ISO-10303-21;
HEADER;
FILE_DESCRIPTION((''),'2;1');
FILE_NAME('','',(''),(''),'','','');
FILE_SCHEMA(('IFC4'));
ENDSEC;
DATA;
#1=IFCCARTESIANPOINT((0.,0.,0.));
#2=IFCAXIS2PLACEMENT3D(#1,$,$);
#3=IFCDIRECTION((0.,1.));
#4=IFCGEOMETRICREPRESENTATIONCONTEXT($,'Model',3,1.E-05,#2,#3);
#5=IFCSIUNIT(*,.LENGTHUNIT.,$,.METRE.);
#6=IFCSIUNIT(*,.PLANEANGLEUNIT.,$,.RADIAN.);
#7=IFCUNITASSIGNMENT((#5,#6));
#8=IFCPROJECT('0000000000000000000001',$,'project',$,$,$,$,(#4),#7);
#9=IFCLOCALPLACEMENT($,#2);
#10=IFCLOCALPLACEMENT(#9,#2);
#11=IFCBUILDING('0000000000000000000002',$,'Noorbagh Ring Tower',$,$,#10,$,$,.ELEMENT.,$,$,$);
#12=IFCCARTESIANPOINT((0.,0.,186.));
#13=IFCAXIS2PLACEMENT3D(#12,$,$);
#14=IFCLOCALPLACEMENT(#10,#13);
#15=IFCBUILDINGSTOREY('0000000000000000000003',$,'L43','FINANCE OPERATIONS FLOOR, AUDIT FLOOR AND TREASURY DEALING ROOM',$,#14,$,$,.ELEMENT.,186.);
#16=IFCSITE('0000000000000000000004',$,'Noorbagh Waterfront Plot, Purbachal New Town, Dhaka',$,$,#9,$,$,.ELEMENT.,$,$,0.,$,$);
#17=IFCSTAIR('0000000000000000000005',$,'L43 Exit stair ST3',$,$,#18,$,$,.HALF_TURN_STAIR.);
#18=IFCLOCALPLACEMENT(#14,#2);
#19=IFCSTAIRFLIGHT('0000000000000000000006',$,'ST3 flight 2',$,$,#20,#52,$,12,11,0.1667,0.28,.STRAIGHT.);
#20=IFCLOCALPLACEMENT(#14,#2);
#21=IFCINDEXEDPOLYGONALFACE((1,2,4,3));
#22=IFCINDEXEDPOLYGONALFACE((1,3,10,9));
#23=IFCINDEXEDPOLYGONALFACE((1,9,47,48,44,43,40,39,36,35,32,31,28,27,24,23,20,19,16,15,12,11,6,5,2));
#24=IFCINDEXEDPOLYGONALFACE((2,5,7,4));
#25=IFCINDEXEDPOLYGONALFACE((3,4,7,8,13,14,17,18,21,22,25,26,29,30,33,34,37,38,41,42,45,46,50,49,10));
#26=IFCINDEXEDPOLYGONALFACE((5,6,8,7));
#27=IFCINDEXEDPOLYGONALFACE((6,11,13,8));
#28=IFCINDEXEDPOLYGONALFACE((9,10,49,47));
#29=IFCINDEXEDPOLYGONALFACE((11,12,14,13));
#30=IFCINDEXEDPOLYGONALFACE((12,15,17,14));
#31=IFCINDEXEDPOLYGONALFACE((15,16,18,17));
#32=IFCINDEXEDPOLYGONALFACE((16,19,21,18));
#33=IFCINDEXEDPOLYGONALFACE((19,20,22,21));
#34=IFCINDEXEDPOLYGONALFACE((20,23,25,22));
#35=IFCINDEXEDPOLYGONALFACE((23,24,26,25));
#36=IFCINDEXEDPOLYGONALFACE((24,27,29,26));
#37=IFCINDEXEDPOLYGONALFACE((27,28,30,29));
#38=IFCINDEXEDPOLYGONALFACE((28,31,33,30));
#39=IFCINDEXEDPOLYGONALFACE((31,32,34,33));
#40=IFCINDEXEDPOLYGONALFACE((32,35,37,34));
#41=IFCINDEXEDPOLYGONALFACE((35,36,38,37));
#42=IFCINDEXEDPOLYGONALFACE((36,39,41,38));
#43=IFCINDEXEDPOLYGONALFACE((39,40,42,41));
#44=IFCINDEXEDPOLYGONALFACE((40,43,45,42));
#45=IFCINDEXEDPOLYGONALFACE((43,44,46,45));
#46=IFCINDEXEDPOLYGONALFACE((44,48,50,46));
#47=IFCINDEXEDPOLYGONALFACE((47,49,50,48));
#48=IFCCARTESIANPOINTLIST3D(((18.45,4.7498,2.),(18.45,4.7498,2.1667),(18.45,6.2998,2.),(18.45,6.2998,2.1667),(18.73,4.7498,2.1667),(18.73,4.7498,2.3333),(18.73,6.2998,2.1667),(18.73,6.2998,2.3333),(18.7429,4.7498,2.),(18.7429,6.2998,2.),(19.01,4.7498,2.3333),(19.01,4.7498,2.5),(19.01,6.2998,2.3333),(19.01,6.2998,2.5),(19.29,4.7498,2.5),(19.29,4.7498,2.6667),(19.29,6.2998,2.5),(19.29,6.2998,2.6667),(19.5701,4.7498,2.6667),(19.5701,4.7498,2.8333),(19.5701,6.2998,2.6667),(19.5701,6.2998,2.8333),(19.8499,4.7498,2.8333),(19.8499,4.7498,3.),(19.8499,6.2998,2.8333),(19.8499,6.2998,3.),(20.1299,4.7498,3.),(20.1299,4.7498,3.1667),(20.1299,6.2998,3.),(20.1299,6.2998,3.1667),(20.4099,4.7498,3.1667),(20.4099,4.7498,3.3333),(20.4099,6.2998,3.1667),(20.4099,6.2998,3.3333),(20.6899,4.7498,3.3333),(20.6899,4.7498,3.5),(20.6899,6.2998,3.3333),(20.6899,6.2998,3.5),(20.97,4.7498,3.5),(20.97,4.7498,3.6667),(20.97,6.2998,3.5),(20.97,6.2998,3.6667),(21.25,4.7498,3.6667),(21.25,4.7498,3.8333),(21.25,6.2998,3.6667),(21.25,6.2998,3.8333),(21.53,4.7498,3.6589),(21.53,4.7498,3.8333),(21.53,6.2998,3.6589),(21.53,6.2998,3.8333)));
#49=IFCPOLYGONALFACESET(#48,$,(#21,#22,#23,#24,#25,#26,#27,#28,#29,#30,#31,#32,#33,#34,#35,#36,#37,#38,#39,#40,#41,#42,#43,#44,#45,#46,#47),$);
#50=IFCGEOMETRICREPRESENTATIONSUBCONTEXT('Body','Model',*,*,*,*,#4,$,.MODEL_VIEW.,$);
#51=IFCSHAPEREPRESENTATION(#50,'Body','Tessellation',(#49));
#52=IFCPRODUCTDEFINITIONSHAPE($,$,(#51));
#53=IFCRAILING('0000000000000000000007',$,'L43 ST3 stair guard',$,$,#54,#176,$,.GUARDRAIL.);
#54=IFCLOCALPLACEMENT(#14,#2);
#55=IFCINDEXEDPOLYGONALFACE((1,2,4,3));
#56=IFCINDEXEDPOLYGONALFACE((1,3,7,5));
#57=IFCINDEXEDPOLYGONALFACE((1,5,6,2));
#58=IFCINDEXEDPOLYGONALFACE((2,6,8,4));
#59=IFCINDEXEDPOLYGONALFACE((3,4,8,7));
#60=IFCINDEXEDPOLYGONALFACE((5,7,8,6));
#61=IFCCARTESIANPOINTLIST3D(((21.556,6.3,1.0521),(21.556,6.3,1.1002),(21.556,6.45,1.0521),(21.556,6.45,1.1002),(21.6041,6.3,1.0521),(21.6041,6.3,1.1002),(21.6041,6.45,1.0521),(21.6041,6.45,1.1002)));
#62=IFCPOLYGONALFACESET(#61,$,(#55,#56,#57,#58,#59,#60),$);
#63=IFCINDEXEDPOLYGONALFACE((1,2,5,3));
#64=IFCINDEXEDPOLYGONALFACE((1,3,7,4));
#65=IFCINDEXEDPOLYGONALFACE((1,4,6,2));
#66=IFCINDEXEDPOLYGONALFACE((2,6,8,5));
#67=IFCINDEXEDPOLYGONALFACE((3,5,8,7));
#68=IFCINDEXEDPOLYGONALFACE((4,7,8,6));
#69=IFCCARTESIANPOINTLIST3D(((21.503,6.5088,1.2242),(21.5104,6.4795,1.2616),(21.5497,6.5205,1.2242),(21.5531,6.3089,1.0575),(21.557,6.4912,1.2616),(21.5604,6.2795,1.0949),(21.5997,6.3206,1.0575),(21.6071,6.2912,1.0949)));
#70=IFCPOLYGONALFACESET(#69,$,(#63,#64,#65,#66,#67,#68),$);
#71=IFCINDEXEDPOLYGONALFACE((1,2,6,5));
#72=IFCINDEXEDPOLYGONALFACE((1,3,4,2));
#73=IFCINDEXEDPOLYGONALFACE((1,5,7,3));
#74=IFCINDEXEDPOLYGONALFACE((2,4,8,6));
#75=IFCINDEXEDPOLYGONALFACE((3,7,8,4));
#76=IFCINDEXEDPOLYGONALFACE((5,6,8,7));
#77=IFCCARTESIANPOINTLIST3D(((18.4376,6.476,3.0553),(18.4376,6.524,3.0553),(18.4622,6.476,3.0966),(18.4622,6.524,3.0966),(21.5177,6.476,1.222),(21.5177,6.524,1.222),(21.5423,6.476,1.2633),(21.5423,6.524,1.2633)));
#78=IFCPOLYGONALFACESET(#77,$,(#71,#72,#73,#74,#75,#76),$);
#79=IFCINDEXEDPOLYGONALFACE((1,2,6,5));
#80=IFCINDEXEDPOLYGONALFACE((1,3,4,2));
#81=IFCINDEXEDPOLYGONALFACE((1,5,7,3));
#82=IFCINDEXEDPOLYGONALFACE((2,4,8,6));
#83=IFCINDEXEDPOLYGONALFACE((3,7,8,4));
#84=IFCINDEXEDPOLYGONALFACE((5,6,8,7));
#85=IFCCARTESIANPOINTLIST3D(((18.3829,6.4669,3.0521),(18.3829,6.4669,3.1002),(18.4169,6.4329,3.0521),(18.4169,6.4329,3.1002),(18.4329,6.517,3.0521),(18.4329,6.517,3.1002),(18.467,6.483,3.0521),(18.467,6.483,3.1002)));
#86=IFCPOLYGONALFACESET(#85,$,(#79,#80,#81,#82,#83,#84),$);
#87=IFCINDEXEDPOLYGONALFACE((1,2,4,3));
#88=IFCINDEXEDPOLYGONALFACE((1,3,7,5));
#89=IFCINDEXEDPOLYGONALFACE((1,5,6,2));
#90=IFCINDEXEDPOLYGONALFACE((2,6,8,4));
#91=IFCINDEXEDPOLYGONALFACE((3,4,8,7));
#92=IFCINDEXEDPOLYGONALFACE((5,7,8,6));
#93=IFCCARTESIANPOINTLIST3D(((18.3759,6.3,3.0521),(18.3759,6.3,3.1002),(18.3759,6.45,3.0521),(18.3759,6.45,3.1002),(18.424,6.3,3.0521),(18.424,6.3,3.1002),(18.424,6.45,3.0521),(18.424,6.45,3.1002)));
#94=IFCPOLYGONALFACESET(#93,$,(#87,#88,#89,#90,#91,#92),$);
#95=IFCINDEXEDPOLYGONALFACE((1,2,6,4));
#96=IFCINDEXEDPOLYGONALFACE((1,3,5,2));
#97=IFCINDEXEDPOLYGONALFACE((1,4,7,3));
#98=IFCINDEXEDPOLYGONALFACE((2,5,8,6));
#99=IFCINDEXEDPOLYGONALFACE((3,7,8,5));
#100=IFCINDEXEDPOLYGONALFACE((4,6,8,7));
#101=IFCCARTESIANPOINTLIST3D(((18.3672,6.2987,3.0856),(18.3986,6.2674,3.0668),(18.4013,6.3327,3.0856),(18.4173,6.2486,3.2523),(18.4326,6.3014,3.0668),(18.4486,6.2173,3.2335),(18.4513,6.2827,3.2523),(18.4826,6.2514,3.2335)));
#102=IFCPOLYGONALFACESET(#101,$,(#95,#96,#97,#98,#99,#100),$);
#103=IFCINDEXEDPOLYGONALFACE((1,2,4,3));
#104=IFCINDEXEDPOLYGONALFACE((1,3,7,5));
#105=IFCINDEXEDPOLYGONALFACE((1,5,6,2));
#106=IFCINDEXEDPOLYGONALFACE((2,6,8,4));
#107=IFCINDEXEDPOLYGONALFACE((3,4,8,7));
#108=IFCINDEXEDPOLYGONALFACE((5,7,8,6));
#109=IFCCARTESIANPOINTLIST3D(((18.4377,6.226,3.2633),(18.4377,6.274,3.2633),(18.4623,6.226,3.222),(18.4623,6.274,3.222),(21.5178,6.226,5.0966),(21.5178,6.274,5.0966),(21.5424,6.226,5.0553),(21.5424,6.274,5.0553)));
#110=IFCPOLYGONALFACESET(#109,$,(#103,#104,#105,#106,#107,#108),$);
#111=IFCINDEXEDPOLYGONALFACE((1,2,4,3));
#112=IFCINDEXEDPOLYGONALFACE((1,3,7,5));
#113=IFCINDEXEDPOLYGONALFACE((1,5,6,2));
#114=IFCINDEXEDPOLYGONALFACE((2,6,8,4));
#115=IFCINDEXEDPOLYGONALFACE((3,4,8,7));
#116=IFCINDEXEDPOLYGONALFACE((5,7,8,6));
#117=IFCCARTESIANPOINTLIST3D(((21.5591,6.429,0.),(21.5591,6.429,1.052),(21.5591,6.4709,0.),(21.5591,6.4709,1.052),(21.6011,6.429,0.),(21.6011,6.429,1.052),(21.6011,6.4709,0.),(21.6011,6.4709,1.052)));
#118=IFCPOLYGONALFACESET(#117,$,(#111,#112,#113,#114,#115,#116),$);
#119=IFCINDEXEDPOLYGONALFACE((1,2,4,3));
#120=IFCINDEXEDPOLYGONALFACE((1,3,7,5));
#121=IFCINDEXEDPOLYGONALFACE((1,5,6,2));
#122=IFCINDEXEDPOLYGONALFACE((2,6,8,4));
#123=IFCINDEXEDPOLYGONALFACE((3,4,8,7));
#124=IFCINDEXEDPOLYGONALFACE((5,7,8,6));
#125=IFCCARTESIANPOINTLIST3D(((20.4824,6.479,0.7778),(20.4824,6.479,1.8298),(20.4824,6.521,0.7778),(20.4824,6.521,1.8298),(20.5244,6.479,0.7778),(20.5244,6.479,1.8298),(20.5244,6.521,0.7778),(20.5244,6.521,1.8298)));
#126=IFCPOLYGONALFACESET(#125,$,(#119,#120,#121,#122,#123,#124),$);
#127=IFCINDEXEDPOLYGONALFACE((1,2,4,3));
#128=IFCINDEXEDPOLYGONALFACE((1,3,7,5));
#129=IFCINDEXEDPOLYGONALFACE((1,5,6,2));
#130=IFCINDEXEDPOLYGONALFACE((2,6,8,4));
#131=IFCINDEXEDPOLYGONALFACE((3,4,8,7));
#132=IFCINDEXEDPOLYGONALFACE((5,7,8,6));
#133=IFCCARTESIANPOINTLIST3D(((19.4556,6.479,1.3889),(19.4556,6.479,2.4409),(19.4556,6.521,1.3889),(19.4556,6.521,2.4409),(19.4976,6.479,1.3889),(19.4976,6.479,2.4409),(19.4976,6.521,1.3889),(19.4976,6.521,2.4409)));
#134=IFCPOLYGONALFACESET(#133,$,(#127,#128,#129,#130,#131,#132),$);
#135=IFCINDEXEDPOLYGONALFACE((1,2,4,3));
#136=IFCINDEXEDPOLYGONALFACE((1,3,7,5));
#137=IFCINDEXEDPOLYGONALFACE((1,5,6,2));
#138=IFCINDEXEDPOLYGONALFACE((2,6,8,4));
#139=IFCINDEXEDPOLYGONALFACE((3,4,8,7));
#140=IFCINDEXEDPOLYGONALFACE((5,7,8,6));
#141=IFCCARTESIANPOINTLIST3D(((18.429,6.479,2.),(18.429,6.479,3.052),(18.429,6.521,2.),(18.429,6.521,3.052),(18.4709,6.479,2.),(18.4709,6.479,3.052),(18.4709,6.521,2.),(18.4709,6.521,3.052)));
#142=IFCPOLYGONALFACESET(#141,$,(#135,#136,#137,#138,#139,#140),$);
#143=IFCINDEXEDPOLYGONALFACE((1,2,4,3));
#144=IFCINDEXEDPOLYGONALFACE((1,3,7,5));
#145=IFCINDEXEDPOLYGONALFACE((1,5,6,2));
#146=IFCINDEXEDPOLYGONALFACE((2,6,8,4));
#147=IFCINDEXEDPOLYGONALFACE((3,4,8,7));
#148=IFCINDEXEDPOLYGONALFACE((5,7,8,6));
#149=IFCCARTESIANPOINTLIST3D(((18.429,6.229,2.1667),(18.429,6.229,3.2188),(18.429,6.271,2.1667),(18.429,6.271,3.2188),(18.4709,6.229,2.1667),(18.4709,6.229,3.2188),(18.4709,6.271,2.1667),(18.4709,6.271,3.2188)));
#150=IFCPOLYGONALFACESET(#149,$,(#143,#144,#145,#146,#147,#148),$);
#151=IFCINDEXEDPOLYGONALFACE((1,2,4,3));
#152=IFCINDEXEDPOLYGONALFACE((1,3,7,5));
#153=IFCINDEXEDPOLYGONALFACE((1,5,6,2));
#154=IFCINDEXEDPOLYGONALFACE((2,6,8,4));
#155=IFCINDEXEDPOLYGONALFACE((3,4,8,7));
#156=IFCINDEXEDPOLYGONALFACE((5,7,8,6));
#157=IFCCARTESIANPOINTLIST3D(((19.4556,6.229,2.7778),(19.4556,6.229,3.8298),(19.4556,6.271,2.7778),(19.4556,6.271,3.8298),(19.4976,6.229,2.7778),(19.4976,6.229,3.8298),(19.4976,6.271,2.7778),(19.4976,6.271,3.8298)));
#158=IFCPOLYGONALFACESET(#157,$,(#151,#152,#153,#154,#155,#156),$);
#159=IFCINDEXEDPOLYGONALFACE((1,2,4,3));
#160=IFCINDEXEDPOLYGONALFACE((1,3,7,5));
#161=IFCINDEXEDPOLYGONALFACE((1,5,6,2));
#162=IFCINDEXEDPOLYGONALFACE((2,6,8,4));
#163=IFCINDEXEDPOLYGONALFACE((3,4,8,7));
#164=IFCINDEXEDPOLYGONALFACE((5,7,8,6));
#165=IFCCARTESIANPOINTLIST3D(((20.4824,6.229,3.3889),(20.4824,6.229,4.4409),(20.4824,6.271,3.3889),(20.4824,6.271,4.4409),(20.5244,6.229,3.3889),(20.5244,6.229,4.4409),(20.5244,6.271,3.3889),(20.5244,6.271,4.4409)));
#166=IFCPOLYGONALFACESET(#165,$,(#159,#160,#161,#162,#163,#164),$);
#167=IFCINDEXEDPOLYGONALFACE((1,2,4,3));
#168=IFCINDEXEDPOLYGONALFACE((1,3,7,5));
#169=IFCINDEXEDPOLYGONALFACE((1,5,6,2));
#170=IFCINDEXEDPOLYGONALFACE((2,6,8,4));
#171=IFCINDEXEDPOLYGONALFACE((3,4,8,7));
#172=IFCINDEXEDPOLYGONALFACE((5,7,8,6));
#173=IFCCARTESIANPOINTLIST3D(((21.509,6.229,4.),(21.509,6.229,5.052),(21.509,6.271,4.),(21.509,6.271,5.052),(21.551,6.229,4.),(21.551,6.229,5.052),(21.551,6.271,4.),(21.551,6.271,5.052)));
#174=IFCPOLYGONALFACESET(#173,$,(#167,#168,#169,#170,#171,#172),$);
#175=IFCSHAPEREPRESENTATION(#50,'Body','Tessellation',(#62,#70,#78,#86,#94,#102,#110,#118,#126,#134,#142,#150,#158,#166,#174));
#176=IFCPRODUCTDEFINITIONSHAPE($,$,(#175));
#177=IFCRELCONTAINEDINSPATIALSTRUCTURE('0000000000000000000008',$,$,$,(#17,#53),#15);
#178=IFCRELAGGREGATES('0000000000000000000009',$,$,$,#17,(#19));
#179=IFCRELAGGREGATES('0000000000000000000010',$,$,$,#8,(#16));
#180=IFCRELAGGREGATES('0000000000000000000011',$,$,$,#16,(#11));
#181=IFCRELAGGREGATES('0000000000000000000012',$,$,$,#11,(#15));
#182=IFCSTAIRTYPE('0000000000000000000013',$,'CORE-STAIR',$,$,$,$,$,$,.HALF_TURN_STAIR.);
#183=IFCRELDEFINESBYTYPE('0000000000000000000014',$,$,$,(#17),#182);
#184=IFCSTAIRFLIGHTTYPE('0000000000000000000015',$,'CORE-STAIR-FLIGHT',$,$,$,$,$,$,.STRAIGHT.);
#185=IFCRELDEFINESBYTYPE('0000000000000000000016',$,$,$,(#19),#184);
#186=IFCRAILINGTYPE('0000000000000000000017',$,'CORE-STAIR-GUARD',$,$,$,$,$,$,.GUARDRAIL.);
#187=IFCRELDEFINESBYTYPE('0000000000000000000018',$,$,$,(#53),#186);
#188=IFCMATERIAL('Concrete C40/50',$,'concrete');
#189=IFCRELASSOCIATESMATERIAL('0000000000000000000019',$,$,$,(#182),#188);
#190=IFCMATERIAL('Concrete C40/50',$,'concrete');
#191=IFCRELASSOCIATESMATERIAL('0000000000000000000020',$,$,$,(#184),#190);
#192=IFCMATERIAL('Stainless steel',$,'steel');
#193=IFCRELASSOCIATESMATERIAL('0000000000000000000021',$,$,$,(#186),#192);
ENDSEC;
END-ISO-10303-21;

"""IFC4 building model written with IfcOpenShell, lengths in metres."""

from ifc_helpers import new_model, si_unit, direction, frame, origin, origin_2d, place, context, subcontext, project, spatial, polyline, rectangle, outline, extrude, material, type_object, element, aggregate, save


model = new_model("IFC4")

# Units and contexts
model_context = context("Model", 3, precision=1e-05, world=origin(), true_north=direction((0.0, 1.0)))
body_context = subcontext(model_context, "Body", "Model", "MODEL_VIEW")
ifc_project = project(units=[si_unit("LENGTHUNIT", "METRE"), si_unit("PLANEANGLEUNIT", "RADIAN")], contexts=[model_context])

# Site, building, storey
site_placement = place(None, origin())
site = spatial("IfcSite", under=ifc_project, at=site_placement, Name="Noorbagh Waterfront Plot, Purbachal New Town, Dhaka", CompositionType="ELEMENT", RefElevation=0.0)
building_placement = place(site_placement, origin())
building = spatial("IfcBuilding", under=site, at=building_placement, Name="Noorbagh Ring Tower", CompositionType="ELEMENT")
storey_placement = place(building_placement, frame((0.0, 0.0, 186.0)))
storey = spatial("IfcBuildingStorey", under=building, at=storey_placement, Name="L43", Description="FINANCE OPERATIONS FLOOR, AUDIT FLOOR AND TREASURY DEALING ROOM", CompositionType="ELEMENT", Elevation=186.0)

# Stair, stair flight
ifc_material_1 = material(Name="Concrete C40/50", Category="concrete")
stair_type = type_object("IfcStairType", Name="CORE-STAIR", PredefinedType="HALF_TURN_STAIR", material=ifc_material_1)
stair_placement = place(storey_placement, origin())
stair = element("IfcStair", 1, at=stair_placement, inside=storey, type_object=stair_type, Name="L43 Exit stair ST3", PredefinedType="HALF_TURN_STAIR")
ifc_material_2 = material(Name="Concrete C40/50", Category="concrete")
stair_flight_type = type_object("IfcStairFlightType", Name="CORE-STAIR-FLIGHT", PredefinedType="STRAIGHT", material=ifc_material_2)
stair_flight_1_placement = place(storey_placement, frame((18.45, 5.5249, 2.0), z_axis=(0.0, 0.0, 1.0), x_axis=(1.0, 0.0, 0.0)))
stair_flight_1 = element("IfcStairFlight", 2, at=stair_flight_1_placement, type_object=stair_flight_type, Name="ST3 flight 2", NumberOfRisers=12, NumberOfTreads=11, PredefinedType="STRAIGHT", RiserHeight=0.1667, TreadLength=0.28, context=body_context, shape_type="SweptSolid", body=[
    extrude(outline(polyline([(0.0, 0.0), (0.0, 0.1667), (0.28, 0.1667), (0.28, 0.3333), (0.5601, 0.3333), (0.5601, 0.5), (0.8401, 0.5), (0.8401, 0.6667), (1.1201, 0.6667), (1.1201, 0.8333), (1.3999, 0.8333), (1.3999, 1.0), (1.6799, 1.0), (1.6799, 1.1667), (1.96, 1.1667), (1.96, 1.3333), (2.24, 1.3333), (2.24, 1.5), (2.52, 1.5), (2.52, 1.6667), (2.8, 1.6667), (2.8, 1.8333), (3.0801, 1.8333), (3.0801, 2.0), (3.0801, 1.6589), (0.293, 0.0), (0.0, 0.0)])), frame((0.0, 0.7749, 0.0), z_axis=(0.0, -1.0, 0.0), x_axis=(1.0, 0.0, 0.0)), (0.0, 0.0, 1.0), 1.55),
])
aggregate(stair, [stair_flight_1])

# Railing
ifc_material_3 = material(Name="Stainless steel", Category="steel")
railing_type_1 = type_object("IfcRailingType", Name="CORE-STAIR-GUARD", PredefinedType="GUARDRAIL", material=ifc_material_3)
railing_1_placement = place(storey_placement, frame((21.5801, 6.45, 0.0)))
element("IfcRailing", 3, at=railing_1_placement, inside=storey, type_object=railing_type_1, Name="L43 ST3 stair guard", PredefinedType="GUARDRAIL", context=body_context, shape_type="SweptSolid", body=[
    extrude(rectangle(XDim=0.0481, YDim=0.0481, at=origin_2d()), frame((0.0, 0.0, 1.0762), z_axis=(0.0, -1.0, 0.0), x_axis=(1.0, 0.0, 0.0)), (0.0, 0.0, 1.0), 0.1499),
    extrude(rectangle(XDim=0.0481, YDim=0.0481, at=origin_2d()), frame((0.0, -0.1499, 1.0762), z_axis=(-0.188776, 0.754182, 0.628946), x_axis=(-0.970073, -0.242814, 0.0)), (0.0, 0.0, 1.0), 0.2651),
    extrude(rectangle(XDim=0.0481, YDim=0.0481, at=origin_2d()), frame((-0.05, 0.05, 1.2427), z_axis=(-0.859309, 0.0, 0.511458), x_axis=(0.0, -1.0, 0.0)), (0.0, 0.0, 1.0), 3.5845),
    extrude(rectangle(XDim=0.0481, YDim=0.0481, at=origin_2d()), frame((-3.1301, 0.05, 3.0762), z_axis=(-0.707107, -0.707107, 0.0), x_axis=(0.707107, -0.707107, 0.0)), (0.0, 0.0, 1.0), 0.0708),
    extrude(rectangle(XDim=0.0481, YDim=0.0481, at=origin_2d()), frame((-3.1802, 0.0, 3.0762), z_axis=(0.0, -1.0, 0.0), x_axis=(1.0, 0.0, 0.0)), (0.0, 0.0, 1.0), 0.1499),
    extrude(rectangle(XDim=0.0481, YDim=0.0481, at=origin_2d()), frame((-3.1802, -0.1499, 3.0762), z_axis=(0.276287, -0.276287, 0.920506), x_axis=(0.707107, 0.707107, 0.0)), (0.0, 0.0, 1.0), 0.1812),
    extrude(rectangle(XDim=0.0481, YDim=0.0481, at=origin_2d()), frame((-3.1301, -0.2, 3.2427), z_axis=(0.859309, 0.0, 0.511458), x_axis=(0.0, 1.0, 0.0)), (0.0, 0.0, 1.0), 3.5845),
    extrude(rectangle(XDim=0.042, YDim=0.042, at=origin_2d()), origin(), (0.0, 0.0, 1.0), 1.052),
    extrude(rectangle(XDim=0.042, YDim=0.042, at=origin_2d()), frame((-1.0767, 0.05, 0.7778)), (0.0, 0.0, 1.0), 1.052),
    extrude(rectangle(XDim=0.042, YDim=0.042, at=origin_2d()), frame((-2.1035, 0.05, 1.3889)), (0.0, 0.0, 1.0), 1.052),
    extrude(rectangle(XDim=0.042, YDim=0.042, at=origin_2d()), frame((-3.1301, 0.05, 2.0)), (0.0, 0.0, 1.0), 1.052),
    extrude(rectangle(XDim=0.042, YDim=0.042, at=origin_2d()), frame((-3.1301, -0.2, 2.1667)), (0.0, 0.0, 1.0), 1.052),
    extrude(rectangle(XDim=0.042, YDim=0.042, at=origin_2d()), frame((-2.1035, -0.2, 2.7778)), (0.0, 0.0, 1.0), 1.052),
    extrude(rectangle(XDim=0.042, YDim=0.042, at=origin_2d()), frame((-1.0767, -0.2, 3.3889)), (0.0, 0.0, 1.0), 1.052),
    extrude(rectangle(XDim=0.042, YDim=0.042, at=origin_2d()), frame((-0.05, -0.2, 4.0)), (0.0, 0.0, 1.0), 1.052),
])

save(model, "model.ifc")
